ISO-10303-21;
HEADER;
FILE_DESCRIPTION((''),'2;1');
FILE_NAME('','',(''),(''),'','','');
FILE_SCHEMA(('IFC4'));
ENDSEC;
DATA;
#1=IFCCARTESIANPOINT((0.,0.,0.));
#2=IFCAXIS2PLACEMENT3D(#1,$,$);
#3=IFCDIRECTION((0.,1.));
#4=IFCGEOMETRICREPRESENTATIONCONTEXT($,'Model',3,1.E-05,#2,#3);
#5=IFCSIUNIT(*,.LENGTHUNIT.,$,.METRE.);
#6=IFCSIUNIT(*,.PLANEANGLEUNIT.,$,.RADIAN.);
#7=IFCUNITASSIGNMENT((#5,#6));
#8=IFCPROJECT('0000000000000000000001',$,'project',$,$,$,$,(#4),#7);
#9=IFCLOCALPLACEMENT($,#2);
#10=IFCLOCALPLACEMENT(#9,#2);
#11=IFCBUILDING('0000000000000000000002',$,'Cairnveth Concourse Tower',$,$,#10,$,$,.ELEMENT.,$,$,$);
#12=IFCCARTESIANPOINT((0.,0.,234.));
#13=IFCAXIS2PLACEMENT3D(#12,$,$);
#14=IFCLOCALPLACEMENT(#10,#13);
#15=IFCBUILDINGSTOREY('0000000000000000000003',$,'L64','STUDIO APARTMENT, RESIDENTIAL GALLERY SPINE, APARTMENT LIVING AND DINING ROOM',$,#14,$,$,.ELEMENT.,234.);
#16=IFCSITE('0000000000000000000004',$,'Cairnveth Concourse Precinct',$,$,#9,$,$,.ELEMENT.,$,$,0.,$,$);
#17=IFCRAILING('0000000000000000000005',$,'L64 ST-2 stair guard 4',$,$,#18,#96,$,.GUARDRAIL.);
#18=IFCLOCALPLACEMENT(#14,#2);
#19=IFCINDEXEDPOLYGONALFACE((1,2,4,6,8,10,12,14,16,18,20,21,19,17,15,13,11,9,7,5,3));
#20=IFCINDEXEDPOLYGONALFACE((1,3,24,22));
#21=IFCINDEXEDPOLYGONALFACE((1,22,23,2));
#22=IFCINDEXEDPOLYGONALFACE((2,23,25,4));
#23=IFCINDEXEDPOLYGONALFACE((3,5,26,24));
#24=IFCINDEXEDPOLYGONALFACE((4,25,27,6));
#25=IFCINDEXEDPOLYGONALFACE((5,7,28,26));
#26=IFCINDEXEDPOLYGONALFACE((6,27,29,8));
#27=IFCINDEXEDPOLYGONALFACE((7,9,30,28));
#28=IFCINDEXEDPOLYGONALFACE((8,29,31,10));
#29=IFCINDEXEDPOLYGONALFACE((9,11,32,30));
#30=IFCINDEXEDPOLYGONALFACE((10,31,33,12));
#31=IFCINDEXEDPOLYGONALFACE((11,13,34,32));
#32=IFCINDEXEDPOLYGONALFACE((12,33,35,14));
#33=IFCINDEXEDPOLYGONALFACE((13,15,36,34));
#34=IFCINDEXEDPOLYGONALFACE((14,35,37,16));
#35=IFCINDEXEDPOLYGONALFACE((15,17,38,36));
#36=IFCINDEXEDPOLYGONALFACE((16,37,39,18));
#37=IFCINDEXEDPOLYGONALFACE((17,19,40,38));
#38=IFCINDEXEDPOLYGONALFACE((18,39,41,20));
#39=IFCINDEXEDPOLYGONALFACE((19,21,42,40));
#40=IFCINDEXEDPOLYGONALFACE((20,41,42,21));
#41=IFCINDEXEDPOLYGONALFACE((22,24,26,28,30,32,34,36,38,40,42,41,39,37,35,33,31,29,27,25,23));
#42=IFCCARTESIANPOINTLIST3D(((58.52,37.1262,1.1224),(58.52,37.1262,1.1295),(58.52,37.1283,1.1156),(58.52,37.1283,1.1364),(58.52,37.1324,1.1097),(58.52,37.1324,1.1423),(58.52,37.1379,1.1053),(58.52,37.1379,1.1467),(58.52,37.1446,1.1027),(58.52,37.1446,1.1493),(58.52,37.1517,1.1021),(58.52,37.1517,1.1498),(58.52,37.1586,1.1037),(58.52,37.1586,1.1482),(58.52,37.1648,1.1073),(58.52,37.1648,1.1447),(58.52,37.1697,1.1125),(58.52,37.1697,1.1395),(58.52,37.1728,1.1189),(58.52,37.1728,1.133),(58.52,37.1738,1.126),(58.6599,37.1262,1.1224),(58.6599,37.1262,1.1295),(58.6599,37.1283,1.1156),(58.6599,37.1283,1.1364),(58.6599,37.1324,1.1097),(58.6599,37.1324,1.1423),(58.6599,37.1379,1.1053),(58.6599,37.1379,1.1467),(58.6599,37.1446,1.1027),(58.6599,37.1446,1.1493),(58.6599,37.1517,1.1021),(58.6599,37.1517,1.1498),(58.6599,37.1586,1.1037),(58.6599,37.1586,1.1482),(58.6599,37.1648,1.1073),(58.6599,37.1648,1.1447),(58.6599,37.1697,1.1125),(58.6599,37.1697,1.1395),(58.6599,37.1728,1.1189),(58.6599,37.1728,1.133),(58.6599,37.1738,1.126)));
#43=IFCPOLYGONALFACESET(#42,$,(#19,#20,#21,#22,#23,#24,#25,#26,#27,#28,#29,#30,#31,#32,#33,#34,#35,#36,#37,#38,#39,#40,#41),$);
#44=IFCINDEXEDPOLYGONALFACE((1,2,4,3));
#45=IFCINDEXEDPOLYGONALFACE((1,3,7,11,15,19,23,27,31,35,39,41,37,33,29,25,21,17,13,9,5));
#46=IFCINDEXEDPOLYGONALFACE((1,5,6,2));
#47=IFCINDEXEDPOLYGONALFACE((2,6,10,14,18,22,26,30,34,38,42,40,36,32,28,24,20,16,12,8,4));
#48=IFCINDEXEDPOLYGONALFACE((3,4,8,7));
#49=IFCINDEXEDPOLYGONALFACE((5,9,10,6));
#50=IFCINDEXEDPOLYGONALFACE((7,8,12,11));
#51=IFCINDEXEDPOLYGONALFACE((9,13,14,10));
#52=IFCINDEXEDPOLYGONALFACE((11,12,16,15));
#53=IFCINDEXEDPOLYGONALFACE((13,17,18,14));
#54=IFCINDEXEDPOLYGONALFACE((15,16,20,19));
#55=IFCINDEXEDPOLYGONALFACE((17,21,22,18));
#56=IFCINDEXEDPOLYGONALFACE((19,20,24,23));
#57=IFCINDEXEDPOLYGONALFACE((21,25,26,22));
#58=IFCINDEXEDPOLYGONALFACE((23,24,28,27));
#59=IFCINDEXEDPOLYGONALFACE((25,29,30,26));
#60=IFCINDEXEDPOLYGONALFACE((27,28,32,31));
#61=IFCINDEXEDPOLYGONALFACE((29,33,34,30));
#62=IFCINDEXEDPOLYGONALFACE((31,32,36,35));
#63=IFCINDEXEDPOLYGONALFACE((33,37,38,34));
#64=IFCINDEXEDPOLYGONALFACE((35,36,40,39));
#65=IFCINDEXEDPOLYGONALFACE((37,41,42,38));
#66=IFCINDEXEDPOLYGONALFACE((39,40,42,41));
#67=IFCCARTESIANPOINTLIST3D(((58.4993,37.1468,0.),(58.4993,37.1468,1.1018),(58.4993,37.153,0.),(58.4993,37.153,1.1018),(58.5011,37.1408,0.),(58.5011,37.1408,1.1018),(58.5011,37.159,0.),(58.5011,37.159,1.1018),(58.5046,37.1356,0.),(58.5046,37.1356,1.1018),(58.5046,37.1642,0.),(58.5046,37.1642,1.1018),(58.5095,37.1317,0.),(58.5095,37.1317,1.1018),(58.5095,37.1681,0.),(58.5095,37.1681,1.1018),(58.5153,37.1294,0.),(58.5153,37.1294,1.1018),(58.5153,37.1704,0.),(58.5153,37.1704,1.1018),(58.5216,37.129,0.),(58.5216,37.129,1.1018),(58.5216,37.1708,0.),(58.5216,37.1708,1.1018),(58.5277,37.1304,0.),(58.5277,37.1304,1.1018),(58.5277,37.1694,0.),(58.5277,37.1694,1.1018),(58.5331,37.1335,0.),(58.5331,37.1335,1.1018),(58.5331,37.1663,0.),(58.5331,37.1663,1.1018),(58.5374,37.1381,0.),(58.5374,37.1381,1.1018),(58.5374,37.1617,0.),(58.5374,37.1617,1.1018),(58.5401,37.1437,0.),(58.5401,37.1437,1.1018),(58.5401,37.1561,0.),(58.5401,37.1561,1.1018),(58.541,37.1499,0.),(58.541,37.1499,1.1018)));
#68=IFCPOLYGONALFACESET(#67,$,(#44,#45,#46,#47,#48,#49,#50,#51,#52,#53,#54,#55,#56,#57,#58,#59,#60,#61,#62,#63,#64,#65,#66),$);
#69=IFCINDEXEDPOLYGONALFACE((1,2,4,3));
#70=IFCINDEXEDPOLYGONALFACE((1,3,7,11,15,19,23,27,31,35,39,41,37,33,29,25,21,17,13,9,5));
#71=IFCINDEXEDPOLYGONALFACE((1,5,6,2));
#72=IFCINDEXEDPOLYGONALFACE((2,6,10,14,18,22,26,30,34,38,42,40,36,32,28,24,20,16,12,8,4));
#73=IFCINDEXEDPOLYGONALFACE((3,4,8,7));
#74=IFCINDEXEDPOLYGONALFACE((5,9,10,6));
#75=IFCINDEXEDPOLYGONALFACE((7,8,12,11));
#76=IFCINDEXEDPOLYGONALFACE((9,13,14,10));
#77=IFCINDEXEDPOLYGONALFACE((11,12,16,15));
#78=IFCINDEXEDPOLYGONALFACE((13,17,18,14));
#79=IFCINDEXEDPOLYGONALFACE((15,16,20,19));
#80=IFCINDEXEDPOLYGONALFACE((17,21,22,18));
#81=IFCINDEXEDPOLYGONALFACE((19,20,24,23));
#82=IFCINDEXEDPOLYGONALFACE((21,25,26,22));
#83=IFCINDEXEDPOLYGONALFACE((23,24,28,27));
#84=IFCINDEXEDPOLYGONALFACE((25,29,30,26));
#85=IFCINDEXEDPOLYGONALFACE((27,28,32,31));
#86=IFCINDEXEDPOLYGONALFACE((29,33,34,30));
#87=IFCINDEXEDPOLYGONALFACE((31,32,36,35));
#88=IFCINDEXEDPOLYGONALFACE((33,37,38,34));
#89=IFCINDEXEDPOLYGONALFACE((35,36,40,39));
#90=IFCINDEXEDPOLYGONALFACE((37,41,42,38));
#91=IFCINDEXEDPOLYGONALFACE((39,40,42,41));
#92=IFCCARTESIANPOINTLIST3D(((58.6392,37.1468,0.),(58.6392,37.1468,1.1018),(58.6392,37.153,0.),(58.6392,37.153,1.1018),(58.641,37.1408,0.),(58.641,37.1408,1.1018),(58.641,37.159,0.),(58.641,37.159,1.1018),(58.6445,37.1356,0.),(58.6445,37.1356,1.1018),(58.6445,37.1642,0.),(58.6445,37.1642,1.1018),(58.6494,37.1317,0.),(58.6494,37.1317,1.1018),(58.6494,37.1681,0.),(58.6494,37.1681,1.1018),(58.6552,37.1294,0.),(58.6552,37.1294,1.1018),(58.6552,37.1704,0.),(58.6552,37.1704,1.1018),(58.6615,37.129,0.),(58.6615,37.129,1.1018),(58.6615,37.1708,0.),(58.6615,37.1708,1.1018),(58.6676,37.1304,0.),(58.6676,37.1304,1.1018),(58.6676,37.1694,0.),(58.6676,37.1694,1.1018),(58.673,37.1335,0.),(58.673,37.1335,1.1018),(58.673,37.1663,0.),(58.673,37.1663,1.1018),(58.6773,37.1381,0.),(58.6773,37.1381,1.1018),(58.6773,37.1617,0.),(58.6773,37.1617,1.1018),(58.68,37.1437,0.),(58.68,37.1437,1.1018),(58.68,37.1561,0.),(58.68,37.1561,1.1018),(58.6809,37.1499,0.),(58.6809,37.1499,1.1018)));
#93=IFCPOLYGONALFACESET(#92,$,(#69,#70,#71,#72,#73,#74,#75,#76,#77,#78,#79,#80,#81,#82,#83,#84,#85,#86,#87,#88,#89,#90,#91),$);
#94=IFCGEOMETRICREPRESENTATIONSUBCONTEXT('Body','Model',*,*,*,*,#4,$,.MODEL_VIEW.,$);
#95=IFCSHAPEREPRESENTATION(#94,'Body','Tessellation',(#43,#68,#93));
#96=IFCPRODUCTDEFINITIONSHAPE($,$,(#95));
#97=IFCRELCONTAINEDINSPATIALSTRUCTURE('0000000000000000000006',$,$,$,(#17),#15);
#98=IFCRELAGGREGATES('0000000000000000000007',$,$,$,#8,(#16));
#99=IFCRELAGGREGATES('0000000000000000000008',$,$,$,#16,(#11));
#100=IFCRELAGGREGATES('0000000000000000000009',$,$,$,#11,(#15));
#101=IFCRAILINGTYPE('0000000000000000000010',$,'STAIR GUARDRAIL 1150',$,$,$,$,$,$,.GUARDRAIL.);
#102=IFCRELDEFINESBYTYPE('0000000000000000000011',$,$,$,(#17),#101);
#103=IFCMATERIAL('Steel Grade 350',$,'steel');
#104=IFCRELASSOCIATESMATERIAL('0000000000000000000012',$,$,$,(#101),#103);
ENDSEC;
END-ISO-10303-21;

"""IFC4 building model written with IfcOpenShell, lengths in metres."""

from ifc_helpers import new_model, si_unit, direction, frame, origin, origin_2d, place, context, subcontext, project, spatial, circle, extrude, material, type_object, element, save


model = new_model("IFC4")

# Units and contexts
model_context = context("Model", 3, precision=1e-05, world=origin(), true_north=direction((0.0, 1.0)))
body_context = subcontext(model_context, "Body", "Model", "MODEL_VIEW")
ifc_project = project(units=[si_unit("LENGTHUNIT", "METRE"), si_unit("PLANEANGLEUNIT", "RADIAN")], contexts=[model_context])

# Site, building, storey
site_placement = place(None, origin())
site = spatial("IfcSite", under=ifc_project, at=site_placement, Name="Cairnveth Concourse Precinct", CompositionType="ELEMENT", RefElevation=0.0)
building_placement = place(site_placement, origin())
building = spatial("IfcBuilding", under=site, at=building_placement, Name="Cairnveth Concourse Tower", CompositionType="ELEMENT")
storey_placement = place(building_placement, frame((0.0, 0.0, 234.0)))
storey = spatial("IfcBuildingStorey", under=building, at=storey_placement, Name="L64", Description="STUDIO APARTMENT, RESIDENTIAL GALLERY SPINE, APARTMENT LIVING AND DINING ROOM", CompositionType="ELEMENT", Elevation=234.0)

# Shared definitions
ifc_material_1 = material(Name="Steel Grade 350", Category="steel")

# Railing
railing_type_1 = type_object("IfcRailingType", Name="STAIR GUARDRAIL 1150", PredefinedType="GUARDRAIL", material=ifc_material_1)
railing_1_placement = place(storey_placement, frame((58.52, 37.1499, 0.0)))
element("IfcRailing", 1, at=railing_1_placement, inside=storey, type_object=railing_type_1, Name="L64 ST-2 stair guard 4", PredefinedType="GUARDRAIL", context=body_context, shape_type="SweptSolid", body=[
    extrude(circle(Radius=0.0239, at=origin_2d()), frame((0.0, 0.0, 1.126), z_axis=(1.0, 0.0, 0.0), x_axis=(0.0, 1.0, 0.0)), (0.0, 0.0, 1.0), 0.1399),
    extrude(circle(Radius=0.021, at=origin_2d()), origin(), (0.0, 0.0, 1.0), 1.1018),
    extrude(circle(Radius=0.021, at=origin_2d()), frame((0.1399, 0.0, 0.0)), (0.0, 0.0, 1.0), 1.1018),
])

save(model, "model.ifc")
